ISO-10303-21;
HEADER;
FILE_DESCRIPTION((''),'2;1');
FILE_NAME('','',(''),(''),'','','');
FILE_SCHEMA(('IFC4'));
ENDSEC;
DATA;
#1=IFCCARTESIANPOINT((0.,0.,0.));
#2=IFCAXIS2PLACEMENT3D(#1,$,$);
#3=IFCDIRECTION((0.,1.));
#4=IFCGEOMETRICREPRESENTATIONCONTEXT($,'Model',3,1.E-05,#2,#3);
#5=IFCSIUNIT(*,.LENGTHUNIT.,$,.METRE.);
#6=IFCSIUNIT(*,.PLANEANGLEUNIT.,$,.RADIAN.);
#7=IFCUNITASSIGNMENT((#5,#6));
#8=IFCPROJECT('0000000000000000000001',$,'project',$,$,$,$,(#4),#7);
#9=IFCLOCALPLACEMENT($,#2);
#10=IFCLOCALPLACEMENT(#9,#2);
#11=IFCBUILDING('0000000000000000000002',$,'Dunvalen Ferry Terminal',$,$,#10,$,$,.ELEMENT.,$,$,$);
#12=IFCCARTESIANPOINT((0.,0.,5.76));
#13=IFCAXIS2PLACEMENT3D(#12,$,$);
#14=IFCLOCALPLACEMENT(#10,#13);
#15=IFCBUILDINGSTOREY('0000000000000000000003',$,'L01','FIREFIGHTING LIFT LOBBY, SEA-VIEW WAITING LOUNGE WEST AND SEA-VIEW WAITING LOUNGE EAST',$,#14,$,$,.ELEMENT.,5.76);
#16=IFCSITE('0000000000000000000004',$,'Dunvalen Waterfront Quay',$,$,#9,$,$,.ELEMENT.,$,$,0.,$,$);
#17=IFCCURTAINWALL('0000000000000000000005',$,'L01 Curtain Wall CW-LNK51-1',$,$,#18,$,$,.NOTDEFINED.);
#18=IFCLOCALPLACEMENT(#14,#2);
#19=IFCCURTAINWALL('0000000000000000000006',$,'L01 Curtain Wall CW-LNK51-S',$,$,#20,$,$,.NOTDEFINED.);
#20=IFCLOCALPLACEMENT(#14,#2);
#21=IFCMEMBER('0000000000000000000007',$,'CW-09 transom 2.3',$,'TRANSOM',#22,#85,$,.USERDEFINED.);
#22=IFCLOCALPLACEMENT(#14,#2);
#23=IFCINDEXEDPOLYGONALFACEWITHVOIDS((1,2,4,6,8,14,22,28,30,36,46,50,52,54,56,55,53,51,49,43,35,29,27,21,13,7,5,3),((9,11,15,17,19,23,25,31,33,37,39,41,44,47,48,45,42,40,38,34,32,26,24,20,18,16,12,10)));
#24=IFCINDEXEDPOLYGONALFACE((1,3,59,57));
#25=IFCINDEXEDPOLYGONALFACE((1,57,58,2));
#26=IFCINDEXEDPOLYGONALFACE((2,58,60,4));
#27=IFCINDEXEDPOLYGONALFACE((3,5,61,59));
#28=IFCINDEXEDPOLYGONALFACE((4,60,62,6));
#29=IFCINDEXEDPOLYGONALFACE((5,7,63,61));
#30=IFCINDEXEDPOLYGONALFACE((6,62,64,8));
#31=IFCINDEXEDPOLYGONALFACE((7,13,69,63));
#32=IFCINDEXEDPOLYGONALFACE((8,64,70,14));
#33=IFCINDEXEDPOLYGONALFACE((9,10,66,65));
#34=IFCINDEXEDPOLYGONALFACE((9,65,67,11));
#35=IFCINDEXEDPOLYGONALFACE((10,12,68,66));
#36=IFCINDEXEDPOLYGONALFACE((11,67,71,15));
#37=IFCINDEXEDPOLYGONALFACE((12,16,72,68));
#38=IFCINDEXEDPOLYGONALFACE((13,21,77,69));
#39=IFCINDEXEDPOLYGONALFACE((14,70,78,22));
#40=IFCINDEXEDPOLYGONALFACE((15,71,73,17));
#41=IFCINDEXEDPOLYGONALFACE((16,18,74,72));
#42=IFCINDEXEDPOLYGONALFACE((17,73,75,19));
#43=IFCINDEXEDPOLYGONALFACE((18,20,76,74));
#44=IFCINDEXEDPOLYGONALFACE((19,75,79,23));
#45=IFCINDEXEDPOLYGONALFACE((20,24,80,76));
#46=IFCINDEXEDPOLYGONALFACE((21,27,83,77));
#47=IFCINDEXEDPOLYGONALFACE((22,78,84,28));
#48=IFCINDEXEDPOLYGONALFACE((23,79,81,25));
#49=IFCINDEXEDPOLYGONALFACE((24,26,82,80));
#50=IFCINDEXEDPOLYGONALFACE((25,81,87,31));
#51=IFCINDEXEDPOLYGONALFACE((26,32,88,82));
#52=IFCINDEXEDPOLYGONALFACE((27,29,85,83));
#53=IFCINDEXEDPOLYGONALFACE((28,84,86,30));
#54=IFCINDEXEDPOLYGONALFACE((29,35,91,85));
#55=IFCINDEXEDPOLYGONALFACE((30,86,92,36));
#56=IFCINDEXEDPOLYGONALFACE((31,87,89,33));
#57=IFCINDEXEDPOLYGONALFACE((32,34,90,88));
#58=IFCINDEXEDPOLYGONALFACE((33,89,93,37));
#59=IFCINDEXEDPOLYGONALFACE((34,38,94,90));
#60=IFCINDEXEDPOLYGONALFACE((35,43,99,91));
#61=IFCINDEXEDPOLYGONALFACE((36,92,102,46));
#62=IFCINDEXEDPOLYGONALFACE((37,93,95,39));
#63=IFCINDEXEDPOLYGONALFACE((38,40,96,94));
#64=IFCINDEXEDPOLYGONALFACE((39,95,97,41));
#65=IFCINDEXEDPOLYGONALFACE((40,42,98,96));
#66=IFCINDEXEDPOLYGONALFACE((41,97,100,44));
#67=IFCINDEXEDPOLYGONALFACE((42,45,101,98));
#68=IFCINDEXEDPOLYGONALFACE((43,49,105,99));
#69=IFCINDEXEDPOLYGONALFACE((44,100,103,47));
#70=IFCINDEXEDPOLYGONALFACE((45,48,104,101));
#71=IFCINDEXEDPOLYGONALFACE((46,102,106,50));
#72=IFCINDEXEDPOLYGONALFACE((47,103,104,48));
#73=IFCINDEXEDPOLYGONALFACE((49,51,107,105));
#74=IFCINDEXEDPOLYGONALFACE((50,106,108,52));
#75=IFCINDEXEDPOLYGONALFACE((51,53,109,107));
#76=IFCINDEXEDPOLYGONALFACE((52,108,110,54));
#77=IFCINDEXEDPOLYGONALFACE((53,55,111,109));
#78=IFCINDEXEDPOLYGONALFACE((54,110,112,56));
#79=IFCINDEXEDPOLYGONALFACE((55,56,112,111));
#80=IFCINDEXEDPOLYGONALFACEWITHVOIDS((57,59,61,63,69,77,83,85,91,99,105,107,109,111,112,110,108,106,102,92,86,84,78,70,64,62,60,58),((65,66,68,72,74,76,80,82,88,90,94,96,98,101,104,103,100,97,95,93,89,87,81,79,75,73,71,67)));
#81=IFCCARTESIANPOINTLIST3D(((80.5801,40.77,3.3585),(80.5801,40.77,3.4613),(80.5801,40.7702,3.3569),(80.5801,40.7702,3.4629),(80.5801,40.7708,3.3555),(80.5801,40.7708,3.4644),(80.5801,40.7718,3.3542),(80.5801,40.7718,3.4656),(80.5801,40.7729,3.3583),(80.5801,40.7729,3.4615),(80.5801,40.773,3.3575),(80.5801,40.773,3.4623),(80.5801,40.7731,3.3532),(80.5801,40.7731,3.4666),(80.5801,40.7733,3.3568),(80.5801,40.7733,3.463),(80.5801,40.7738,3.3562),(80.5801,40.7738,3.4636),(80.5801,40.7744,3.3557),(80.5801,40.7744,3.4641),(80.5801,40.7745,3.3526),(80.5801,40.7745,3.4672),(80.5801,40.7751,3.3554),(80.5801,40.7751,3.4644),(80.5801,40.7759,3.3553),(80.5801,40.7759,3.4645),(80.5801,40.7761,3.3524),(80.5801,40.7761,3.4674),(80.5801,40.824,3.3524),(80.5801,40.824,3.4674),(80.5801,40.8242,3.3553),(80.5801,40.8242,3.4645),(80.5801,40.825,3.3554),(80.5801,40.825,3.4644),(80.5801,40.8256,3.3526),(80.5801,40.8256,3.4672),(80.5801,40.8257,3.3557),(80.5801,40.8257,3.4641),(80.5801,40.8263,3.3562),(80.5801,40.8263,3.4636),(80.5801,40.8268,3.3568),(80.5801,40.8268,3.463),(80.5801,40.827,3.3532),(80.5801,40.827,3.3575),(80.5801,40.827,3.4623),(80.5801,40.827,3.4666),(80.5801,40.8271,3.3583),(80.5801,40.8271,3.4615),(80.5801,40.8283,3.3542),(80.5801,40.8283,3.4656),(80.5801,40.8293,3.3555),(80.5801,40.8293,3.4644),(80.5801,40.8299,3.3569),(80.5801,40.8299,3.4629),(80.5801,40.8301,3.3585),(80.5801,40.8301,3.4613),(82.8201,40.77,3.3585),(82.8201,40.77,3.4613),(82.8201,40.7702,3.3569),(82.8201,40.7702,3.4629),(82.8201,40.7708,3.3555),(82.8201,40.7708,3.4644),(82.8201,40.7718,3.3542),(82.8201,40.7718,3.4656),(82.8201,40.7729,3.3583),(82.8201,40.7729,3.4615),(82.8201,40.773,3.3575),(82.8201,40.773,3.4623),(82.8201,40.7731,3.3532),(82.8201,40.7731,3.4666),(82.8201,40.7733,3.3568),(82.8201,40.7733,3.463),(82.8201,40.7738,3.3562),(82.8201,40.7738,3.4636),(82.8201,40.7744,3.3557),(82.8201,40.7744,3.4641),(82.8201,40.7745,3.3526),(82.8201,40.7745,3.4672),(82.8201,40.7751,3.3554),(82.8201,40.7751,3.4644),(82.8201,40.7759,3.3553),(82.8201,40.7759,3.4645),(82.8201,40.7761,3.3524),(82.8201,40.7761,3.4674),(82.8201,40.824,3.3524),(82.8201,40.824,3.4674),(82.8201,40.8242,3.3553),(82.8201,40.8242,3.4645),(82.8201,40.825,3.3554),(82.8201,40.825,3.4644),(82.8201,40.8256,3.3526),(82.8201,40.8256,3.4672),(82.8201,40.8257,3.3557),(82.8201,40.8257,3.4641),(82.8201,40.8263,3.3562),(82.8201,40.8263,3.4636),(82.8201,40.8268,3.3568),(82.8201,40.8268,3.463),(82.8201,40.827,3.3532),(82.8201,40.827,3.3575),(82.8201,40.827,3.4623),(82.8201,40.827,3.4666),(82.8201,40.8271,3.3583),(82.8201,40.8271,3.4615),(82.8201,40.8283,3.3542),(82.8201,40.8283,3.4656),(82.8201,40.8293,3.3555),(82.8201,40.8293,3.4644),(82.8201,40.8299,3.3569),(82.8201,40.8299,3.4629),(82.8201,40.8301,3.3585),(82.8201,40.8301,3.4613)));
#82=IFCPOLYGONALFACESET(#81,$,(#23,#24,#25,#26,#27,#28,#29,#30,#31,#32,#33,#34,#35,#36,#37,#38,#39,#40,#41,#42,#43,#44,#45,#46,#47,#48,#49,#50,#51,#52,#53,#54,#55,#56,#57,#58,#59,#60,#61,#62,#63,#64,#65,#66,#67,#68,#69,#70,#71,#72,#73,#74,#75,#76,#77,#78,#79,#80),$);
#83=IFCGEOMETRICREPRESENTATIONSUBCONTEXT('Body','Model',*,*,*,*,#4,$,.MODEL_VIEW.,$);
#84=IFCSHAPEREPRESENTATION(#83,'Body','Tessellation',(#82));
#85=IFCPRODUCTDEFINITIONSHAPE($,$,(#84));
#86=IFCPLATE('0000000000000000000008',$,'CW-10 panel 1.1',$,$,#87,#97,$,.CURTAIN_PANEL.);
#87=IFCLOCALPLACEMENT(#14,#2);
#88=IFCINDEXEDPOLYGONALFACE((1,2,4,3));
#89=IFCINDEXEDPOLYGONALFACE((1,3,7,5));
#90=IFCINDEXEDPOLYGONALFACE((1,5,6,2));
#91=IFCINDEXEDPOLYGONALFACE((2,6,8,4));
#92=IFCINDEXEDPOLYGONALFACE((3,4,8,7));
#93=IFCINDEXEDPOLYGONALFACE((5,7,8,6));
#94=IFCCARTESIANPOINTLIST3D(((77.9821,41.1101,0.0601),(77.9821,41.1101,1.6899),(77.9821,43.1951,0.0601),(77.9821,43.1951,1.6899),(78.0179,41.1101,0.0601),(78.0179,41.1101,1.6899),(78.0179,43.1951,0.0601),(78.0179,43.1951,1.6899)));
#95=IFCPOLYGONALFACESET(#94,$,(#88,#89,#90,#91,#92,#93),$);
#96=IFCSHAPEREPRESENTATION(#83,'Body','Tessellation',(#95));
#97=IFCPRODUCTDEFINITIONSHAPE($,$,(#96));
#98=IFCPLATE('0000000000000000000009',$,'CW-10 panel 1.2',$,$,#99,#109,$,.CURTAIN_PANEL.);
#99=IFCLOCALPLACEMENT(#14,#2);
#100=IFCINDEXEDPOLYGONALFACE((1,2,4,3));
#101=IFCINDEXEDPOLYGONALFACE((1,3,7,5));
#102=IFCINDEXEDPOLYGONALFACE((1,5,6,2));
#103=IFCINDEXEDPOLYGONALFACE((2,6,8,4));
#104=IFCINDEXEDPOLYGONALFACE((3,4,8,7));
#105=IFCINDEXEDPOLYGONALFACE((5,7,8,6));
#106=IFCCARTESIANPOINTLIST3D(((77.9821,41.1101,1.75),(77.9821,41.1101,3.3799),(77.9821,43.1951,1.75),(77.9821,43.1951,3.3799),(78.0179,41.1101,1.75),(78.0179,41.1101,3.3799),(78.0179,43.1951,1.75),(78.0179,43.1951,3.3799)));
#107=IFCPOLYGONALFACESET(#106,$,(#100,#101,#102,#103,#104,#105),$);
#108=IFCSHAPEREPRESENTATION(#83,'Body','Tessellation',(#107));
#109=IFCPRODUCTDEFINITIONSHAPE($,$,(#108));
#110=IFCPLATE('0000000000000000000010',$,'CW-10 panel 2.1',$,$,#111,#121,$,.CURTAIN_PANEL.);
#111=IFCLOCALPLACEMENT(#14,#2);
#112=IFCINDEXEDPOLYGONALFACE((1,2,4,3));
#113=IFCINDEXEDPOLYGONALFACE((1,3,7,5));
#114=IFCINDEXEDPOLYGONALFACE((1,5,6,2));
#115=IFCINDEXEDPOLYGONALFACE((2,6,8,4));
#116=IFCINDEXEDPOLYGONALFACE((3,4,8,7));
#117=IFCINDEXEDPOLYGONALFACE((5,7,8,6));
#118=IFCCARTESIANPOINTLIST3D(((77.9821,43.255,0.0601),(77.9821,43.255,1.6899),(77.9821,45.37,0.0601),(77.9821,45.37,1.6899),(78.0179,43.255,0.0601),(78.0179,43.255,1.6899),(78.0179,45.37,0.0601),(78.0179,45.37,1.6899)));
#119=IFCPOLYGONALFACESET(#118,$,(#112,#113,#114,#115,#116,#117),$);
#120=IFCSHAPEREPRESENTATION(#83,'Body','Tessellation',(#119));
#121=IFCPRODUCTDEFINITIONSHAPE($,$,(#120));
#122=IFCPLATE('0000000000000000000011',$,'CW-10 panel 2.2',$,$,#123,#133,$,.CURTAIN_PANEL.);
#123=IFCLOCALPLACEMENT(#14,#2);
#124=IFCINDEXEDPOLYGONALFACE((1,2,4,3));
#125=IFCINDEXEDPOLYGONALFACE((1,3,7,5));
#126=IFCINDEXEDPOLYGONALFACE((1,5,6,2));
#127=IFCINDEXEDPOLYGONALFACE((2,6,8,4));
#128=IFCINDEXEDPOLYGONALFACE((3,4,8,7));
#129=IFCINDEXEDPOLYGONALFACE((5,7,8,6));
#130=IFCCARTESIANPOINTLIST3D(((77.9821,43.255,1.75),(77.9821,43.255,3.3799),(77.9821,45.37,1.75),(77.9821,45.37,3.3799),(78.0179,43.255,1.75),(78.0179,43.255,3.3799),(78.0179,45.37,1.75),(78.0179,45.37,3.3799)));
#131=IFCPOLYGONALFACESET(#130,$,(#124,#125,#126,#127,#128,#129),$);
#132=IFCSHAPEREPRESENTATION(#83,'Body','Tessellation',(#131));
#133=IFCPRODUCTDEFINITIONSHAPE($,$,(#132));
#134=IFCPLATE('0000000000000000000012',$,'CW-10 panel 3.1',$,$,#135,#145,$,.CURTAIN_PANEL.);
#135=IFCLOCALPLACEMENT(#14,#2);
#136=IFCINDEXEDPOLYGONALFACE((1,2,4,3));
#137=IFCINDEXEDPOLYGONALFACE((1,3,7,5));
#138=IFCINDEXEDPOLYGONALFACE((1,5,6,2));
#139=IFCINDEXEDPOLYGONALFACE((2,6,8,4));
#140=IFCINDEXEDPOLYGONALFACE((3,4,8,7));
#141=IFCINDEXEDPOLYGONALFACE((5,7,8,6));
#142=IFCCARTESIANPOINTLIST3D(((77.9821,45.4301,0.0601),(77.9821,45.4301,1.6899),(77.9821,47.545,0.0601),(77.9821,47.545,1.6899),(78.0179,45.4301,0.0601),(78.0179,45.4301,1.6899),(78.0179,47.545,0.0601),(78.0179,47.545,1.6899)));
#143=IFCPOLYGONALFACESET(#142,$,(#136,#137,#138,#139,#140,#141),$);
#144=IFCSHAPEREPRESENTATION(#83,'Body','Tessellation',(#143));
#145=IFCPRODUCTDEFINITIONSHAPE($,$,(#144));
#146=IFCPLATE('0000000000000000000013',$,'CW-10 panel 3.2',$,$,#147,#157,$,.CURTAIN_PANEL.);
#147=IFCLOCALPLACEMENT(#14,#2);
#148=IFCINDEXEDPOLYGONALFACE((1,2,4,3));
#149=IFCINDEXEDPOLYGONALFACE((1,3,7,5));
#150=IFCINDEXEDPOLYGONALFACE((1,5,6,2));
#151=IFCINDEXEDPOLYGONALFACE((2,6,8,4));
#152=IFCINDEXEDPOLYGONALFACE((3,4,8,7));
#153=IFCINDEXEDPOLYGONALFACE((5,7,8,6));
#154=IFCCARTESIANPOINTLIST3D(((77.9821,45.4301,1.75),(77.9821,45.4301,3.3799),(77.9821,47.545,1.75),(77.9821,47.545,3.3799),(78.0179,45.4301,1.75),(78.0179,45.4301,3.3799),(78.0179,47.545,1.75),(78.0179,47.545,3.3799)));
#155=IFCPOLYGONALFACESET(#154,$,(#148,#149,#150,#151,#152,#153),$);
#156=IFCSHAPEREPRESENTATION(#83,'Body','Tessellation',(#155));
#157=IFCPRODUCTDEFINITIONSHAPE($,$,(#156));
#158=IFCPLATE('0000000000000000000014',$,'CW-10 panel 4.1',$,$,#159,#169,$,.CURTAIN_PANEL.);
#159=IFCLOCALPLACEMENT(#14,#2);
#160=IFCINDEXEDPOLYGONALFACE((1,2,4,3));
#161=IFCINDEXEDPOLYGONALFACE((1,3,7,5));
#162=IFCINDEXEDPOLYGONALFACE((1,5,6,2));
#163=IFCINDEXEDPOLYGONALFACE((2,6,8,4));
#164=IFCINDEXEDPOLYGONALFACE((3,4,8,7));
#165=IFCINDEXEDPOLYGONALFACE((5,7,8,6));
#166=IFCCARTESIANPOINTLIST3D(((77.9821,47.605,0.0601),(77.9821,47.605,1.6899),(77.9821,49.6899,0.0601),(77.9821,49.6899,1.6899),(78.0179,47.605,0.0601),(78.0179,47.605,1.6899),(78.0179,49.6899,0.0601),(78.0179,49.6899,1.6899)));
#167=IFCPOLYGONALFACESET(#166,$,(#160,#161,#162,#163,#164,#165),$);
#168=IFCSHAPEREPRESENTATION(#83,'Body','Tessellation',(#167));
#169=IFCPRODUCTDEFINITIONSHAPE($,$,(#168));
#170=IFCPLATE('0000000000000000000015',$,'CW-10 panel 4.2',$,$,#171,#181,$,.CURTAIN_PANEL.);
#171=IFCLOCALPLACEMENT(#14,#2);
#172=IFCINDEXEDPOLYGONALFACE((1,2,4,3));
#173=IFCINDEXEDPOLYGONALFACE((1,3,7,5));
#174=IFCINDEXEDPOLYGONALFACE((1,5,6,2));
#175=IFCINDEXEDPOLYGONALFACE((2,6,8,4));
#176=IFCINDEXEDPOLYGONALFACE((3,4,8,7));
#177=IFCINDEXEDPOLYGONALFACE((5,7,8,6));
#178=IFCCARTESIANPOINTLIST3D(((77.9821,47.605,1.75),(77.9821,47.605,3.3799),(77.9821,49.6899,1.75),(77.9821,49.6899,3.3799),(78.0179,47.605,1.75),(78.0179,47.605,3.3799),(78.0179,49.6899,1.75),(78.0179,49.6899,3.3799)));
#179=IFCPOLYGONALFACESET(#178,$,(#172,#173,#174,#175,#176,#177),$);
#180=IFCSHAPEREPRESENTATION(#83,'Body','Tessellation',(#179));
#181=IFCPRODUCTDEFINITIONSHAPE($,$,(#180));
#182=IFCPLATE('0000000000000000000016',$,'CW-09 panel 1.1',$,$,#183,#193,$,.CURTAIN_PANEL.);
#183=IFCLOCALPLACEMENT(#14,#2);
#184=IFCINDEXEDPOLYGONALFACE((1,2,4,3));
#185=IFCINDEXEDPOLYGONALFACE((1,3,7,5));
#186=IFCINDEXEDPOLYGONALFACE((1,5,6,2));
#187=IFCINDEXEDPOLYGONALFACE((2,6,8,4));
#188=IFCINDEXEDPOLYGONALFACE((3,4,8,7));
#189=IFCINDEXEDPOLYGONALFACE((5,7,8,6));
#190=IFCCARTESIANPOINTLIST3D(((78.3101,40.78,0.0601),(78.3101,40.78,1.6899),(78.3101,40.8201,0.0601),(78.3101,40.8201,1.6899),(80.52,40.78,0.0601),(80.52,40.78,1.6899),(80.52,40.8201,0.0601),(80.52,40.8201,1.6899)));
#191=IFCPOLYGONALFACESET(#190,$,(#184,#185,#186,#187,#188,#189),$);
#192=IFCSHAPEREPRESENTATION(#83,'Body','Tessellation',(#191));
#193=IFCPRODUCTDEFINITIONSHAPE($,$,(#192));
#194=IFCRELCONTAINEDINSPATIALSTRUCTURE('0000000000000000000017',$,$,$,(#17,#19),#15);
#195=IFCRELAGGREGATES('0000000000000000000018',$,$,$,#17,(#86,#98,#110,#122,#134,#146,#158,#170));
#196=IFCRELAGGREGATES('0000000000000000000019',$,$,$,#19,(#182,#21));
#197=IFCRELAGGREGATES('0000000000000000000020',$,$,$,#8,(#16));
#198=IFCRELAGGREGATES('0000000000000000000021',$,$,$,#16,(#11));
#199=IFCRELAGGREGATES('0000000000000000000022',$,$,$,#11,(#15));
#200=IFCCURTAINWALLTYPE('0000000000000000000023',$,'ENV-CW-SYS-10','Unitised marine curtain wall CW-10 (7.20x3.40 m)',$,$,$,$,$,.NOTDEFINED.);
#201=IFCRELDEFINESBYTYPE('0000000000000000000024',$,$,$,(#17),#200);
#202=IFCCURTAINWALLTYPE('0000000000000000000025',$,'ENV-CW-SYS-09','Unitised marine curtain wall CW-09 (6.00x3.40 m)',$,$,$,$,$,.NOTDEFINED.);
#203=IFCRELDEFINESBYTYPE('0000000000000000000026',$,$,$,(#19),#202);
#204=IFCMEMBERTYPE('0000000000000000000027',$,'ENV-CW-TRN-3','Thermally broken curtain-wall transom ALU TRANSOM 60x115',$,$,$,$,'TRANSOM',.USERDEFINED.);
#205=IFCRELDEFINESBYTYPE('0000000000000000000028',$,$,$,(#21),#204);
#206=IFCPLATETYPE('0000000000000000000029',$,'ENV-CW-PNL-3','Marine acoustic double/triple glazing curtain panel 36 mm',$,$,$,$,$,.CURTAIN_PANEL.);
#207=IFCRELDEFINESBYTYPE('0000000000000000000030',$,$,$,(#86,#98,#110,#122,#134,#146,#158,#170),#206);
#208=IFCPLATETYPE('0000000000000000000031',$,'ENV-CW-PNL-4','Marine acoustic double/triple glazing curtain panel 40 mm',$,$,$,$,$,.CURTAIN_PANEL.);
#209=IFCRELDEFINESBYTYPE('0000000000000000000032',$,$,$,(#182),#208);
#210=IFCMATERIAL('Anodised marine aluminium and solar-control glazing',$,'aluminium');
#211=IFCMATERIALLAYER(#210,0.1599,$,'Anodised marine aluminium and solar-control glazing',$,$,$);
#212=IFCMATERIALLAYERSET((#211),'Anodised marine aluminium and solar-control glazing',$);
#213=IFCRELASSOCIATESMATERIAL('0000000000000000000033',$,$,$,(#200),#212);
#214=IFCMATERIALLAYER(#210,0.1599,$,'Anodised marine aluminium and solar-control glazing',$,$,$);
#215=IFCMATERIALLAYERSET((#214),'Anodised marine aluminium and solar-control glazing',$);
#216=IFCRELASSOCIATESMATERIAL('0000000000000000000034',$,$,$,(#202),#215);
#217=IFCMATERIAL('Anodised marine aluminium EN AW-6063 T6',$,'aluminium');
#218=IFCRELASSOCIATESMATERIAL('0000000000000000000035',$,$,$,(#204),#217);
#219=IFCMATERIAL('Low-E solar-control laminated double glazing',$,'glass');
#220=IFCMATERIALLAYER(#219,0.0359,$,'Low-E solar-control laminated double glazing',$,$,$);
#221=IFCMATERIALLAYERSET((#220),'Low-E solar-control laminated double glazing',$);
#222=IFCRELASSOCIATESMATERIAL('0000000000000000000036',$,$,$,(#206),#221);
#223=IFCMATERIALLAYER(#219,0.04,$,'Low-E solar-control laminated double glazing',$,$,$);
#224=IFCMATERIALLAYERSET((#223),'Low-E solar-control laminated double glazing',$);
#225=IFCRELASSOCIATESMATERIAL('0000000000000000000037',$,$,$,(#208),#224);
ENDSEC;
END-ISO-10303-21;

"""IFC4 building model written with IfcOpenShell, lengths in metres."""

from ifc_helpers import new_model, si_unit, direction, frame, origin, origin_2d, place, context, subcontext, project, spatial, rectangle, hollow_rectangle, extrude, material, layer, layer_set, material_profile, profile_set, type_object, element, aggregate, save


model = new_model("IFC4")

# Units and contexts
model_context = context("Model", 3, precision=1e-05, world=origin(), true_north=direction((0.0, 1.0)))
body_context = subcontext(model_context, "Body", "Model", "MODEL_VIEW")
ifc_project = project(units=[si_unit("LENGTHUNIT", "METRE"), si_unit("PLANEANGLEUNIT", "RADIAN")], contexts=[model_context])

# Site, building, storey
site_placement = place(None, origin())
site = spatial("IfcSite", under=ifc_project, at=site_placement, Name="Dunvalen Waterfront Quay", CompositionType="ELEMENT", RefElevation=0.0)
building_placement = place(site_placement, origin())
building = spatial("IfcBuilding", under=site, at=building_placement, Name="Dunvalen Ferry Terminal", CompositionType="ELEMENT")
storey_placement = place(building_placement, frame((0.0, 0.0, 5.76)))
storey = spatial("IfcBuildingStorey", under=building, at=storey_placement, Name="L01", Description="FIREFIGHTING LIFT LOBBY, SEA-VIEW WAITING LOUNGE WEST AND SEA-VIEW WAITING LOUNGE EAST", CompositionType="ELEMENT", Elevation=5.76)

# Curtain walls
ifc_material_1 = material(Name="Anodised marine aluminium and solar-control glazing", Category="aluminium")
ifc_layer_1 = layer(ifc_material_1, 0.1599, Name="Anodised marine aluminium and solar-control glazing")
ifc_layer_set_1 = layer_set([ifc_layer_1], Name="Anodised marine aluminium and solar-control glazing")
curtain_wall_type_1 = type_object("IfcCurtainWallType", Name="ENV-CW-SYS-10", Description="Unitised marine curtain wall CW-10 (7.20x3.40 m)", PredefinedType="NOTDEFINED", material=ifc_layer_set_1)
curtain_wall_1_placement = place(storey_placement, origin())
curtain_wall_1 = element("IfcCurtainWall", 1, at=curtain_wall_1_placement, inside=storey, type_object=curtain_wall_type_1, Name="L01 Curtain Wall CW-LNK51-1", PredefinedType="NOTDEFINED")
ifc_material_2 = material(Name="Anodised marine aluminium EN AW-6063 T6", Category="aluminium")
ifc_layer_2 = layer(ifc_material_1, 0.1599, Name="Anodised marine aluminium and solar-control glazing")
ifc_layer_set_2 = layer_set([ifc_layer_2], Name="Anodised marine aluminium and solar-control glazing")
curtain_wall_type_2 = type_object("IfcCurtainWallType", Name="ENV-CW-SYS-09", Description="Unitised marine curtain wall CW-09 (6.00x3.40 m)", PredefinedType="NOTDEFINED", material=ifc_layer_set_2)
curtain_wall_2_placement = place(storey_placement, origin())
curtain_wall_2 = element("IfcCurtainWall", 2, at=curtain_wall_2_placement, inside=storey, type_object=curtain_wall_type_2, Name="L01 Curtain Wall CW-LNK51-S", PredefinedType="NOTDEFINED")

# Member
ifc_material_profile_1 = material_profile(ifc_material_2, hollow_rectangle(XDim=0.0601, YDim=0.115, WallThickness=0.0029, InnerFilletRadius=0.0029, OuterFilletRadius=0.0061, at=origin_2d()), Name="Anodised marine aluminium EN AW-6063 T6")
ifc_profile_set_1 = profile_set([ifc_material_profile_1], Name="Anodised marine aluminium EN AW-6063 T6")
member_type_1 = type_object("IfcMemberType", Name="ENV-CW-TRN-3", Description="Thermally broken curtain-wall transom ALU TRANSOM 60x115", ElementType="TRANSOM", PredefinedType="USERDEFINED", material=ifc_profile_set_1)
member_1_placement = place(storey_placement, frame((80.5801, 40.8, 3.4099), z_axis=(1.0, 0.0, 0.0), x_axis=(0.0, 1.0, 0.0)))
member_1 = element("IfcMember", 3, at=member_1_placement, type_object=member_type_1, Name="CW-09 transom 2.3", ObjectType="TRANSOM", PredefinedType="USERDEFINED", context=body_context, shape_type="SweptSolid", body=[
    extrude(hollow_rectangle(XDim=0.0601, YDim=0.115, WallThickness=0.0029, InnerFilletRadius=0.0029, OuterFilletRadius=0.0061, at=origin_2d()), origin(), (0.0, 0.0, 1.0), 2.24),
])

# Plates
ifc_material_3 = material(Name="Low-E solar-control laminated double glazing", Category="glass")
ifc_layer_3 = layer(ifc_material_3, 0.0359, Name="Low-E solar-control laminated double glazing")
ifc_layer_set_3 = layer_set([ifc_layer_3], Name="Low-E solar-control laminated double glazing")
plate_type_1 = type_object("IfcPlateType", Name="ENV-CW-PNL-3", Description="Marine acoustic double/triple glazing curtain panel 36 mm", PredefinedType="CURTAIN_PANEL", material=ifc_layer_set_3)
plate_1_placement = place(storey_placement, frame((78.0, 42.1526, 0.0601), z_axis=(0.0, 0.0, 1.0), x_axis=(0.0, 1.0, 0.0)))
plate_1 = element("IfcPlate", 4, at=plate_1_placement, type_object=plate_type_1, Name="CW-10 panel 1.1", PredefinedType="CURTAIN_PANEL", context=body_context, shape_type="SweptSolid", body=[
    extrude(rectangle(XDim=2.085, YDim=0.0359, at=origin_2d()), origin(), (0.0, 0.0, 1.0), 1.6299),
])
plate_2_placement = place(storey_placement, frame((78.0, 42.1526, 1.75), z_axis=(0.0, 0.0, 1.0), x_axis=(0.0, 1.0, 0.0)))
plate_2 = element("IfcPlate", 5, at=plate_2_placement, type_object=plate_type_1, Name="CW-10 panel 1.2", PredefinedType="CURTAIN_PANEL", context=body_context, shape_type="SweptSolid", body=[
    extrude(rectangle(XDim=2.085, YDim=0.0359, at=origin_2d()), origin(), (0.0, 0.0, 1.0), 1.6299),
])
plate_3_placement = place(storey_placement, frame((78.0, 44.3125, 0.0601), z_axis=(0.0, 0.0, 1.0), x_axis=(0.0, 1.0, 0.0)))
plate_3 = element("IfcPlate", 6, at=plate_3_placement, type_object=plate_type_1, Name="CW-10 panel 2.1", PredefinedType="CURTAIN_PANEL", context=body_context, shape_type="SweptSolid", body=[
    extrude(rectangle(XDim=2.115, YDim=0.0359, at=origin_2d()), origin(), (0.0, 0.0, 1.0), 1.6299),
])
plate_4_placement = place(storey_placement, frame((78.0, 44.3125, 1.75), z_axis=(0.0, 0.0, 1.0), x_axis=(0.0, 1.0, 0.0)))
plate_4 = element("IfcPlate", 7, at=plate_4_placement, type_object=plate_type_1, Name="CW-10 panel 2.2", PredefinedType="CURTAIN_PANEL", context=body_context, shape_type="SweptSolid", body=[
    extrude(rectangle(XDim=2.115, YDim=0.0359, at=origin_2d()), origin(), (0.0, 0.0, 1.0), 1.6299),
])
plate_5_placement = place(storey_placement, frame((78.0, 46.4875, 0.0601), z_axis=(0.0, 0.0, 1.0), x_axis=(0.0, 1.0, 0.0)))
plate_5 = element("IfcPlate", 8, at=plate_5_placement, type_object=plate_type_1, Name="CW-10 panel 3.1", PredefinedType="CURTAIN_PANEL", context=body_context, shape_type="SweptSolid", body=[
    extrude(rectangle(XDim=2.115, YDim=0.0359, at=origin_2d()), origin(), (0.0, 0.0, 1.0), 1.6299),
])
plate_6_placement = place(storey_placement, frame((78.0, 46.4875, 1.75), z_axis=(0.0, 0.0, 1.0), x_axis=(0.0, 1.0, 0.0)))
plate_6 = element("IfcPlate", 9, at=plate_6_placement, type_object=plate_type_1, Name="CW-10 panel 3.2", PredefinedType="CURTAIN_PANEL", context=body_context, shape_type="SweptSolid", body=[
    extrude(rectangle(XDim=2.115, YDim=0.0359, at=origin_2d()), origin(), (0.0, 0.0, 1.0), 1.6299),
])
plate_7_placement = place(storey_placement, frame((78.0, 48.6475, 0.0601), z_axis=(0.0, 0.0, 1.0), x_axis=(0.0, 1.0, 0.0)))
plate_7 = element("IfcPlate", 10, at=plate_7_placement, type_object=plate_type_1, Name="CW-10 panel 4.1", PredefinedType="CURTAIN_PANEL", context=body_context, shape_type="SweptSolid", body=[
    extrude(rectangle(XDim=2.085, YDim=0.0359, at=origin_2d()), origin(), (0.0, 0.0, 1.0), 1.6299),
])
plate_8_placement = place(storey_placement, frame((78.0, 48.6475, 1.75), z_axis=(0.0, 0.0, 1.0), x_axis=(0.0, 1.0, 0.0)))
plate_8 = element("IfcPlate", 11, at=plate_8_placement, type_object=plate_type_1, Name="CW-10 panel 4.2", PredefinedType="CURTAIN_PANEL", context=body_context, shape_type="SweptSolid", body=[
    extrude(rectangle(XDim=2.085, YDim=0.0359, at=origin_2d()), origin(), (0.0, 0.0, 1.0), 1.6299),
])
aggregate(curtain_wall_1, [plate_1, plate_2, plate_3, plate_4, plate_5, plate_6, plate_7, plate_8])
ifc_layer_4 = layer(ifc_material_3, 0.04, Name="Low-E solar-control laminated double glazing")
ifc_layer_set_4 = layer_set([ifc_layer_4], Name="Low-E solar-control laminated double glazing")
plate_type_2 = type_object("IfcPlateType", Name="ENV-CW-PNL-4", Description="Marine acoustic double/triple glazing curtain panel 40 mm", PredefinedType="CURTAIN_PANEL", material=ifc_layer_set_4)
plate_9_placement = place(storey_placement, frame((79.415, 40.8, 0.0601), z_axis=(0.0, 0.0, 1.0), x_axis=(1.0, 0.0, 0.0)))
plate_9 = element("IfcPlate", 12, at=plate_9_placement, type_object=plate_type_2, Name="CW-09 panel 1.1", PredefinedType="CURTAIN_PANEL", context=body_context, shape_type="SweptSolid", body=[
    extrude(rectangle(XDim=2.21, YDim=0.04, at=origin_2d()), origin(), (0.0, 0.0, 1.0), 1.6299),
])
aggregate(curtain_wall_2, [plate_9, member_1])

save(model, "model.ifc")
